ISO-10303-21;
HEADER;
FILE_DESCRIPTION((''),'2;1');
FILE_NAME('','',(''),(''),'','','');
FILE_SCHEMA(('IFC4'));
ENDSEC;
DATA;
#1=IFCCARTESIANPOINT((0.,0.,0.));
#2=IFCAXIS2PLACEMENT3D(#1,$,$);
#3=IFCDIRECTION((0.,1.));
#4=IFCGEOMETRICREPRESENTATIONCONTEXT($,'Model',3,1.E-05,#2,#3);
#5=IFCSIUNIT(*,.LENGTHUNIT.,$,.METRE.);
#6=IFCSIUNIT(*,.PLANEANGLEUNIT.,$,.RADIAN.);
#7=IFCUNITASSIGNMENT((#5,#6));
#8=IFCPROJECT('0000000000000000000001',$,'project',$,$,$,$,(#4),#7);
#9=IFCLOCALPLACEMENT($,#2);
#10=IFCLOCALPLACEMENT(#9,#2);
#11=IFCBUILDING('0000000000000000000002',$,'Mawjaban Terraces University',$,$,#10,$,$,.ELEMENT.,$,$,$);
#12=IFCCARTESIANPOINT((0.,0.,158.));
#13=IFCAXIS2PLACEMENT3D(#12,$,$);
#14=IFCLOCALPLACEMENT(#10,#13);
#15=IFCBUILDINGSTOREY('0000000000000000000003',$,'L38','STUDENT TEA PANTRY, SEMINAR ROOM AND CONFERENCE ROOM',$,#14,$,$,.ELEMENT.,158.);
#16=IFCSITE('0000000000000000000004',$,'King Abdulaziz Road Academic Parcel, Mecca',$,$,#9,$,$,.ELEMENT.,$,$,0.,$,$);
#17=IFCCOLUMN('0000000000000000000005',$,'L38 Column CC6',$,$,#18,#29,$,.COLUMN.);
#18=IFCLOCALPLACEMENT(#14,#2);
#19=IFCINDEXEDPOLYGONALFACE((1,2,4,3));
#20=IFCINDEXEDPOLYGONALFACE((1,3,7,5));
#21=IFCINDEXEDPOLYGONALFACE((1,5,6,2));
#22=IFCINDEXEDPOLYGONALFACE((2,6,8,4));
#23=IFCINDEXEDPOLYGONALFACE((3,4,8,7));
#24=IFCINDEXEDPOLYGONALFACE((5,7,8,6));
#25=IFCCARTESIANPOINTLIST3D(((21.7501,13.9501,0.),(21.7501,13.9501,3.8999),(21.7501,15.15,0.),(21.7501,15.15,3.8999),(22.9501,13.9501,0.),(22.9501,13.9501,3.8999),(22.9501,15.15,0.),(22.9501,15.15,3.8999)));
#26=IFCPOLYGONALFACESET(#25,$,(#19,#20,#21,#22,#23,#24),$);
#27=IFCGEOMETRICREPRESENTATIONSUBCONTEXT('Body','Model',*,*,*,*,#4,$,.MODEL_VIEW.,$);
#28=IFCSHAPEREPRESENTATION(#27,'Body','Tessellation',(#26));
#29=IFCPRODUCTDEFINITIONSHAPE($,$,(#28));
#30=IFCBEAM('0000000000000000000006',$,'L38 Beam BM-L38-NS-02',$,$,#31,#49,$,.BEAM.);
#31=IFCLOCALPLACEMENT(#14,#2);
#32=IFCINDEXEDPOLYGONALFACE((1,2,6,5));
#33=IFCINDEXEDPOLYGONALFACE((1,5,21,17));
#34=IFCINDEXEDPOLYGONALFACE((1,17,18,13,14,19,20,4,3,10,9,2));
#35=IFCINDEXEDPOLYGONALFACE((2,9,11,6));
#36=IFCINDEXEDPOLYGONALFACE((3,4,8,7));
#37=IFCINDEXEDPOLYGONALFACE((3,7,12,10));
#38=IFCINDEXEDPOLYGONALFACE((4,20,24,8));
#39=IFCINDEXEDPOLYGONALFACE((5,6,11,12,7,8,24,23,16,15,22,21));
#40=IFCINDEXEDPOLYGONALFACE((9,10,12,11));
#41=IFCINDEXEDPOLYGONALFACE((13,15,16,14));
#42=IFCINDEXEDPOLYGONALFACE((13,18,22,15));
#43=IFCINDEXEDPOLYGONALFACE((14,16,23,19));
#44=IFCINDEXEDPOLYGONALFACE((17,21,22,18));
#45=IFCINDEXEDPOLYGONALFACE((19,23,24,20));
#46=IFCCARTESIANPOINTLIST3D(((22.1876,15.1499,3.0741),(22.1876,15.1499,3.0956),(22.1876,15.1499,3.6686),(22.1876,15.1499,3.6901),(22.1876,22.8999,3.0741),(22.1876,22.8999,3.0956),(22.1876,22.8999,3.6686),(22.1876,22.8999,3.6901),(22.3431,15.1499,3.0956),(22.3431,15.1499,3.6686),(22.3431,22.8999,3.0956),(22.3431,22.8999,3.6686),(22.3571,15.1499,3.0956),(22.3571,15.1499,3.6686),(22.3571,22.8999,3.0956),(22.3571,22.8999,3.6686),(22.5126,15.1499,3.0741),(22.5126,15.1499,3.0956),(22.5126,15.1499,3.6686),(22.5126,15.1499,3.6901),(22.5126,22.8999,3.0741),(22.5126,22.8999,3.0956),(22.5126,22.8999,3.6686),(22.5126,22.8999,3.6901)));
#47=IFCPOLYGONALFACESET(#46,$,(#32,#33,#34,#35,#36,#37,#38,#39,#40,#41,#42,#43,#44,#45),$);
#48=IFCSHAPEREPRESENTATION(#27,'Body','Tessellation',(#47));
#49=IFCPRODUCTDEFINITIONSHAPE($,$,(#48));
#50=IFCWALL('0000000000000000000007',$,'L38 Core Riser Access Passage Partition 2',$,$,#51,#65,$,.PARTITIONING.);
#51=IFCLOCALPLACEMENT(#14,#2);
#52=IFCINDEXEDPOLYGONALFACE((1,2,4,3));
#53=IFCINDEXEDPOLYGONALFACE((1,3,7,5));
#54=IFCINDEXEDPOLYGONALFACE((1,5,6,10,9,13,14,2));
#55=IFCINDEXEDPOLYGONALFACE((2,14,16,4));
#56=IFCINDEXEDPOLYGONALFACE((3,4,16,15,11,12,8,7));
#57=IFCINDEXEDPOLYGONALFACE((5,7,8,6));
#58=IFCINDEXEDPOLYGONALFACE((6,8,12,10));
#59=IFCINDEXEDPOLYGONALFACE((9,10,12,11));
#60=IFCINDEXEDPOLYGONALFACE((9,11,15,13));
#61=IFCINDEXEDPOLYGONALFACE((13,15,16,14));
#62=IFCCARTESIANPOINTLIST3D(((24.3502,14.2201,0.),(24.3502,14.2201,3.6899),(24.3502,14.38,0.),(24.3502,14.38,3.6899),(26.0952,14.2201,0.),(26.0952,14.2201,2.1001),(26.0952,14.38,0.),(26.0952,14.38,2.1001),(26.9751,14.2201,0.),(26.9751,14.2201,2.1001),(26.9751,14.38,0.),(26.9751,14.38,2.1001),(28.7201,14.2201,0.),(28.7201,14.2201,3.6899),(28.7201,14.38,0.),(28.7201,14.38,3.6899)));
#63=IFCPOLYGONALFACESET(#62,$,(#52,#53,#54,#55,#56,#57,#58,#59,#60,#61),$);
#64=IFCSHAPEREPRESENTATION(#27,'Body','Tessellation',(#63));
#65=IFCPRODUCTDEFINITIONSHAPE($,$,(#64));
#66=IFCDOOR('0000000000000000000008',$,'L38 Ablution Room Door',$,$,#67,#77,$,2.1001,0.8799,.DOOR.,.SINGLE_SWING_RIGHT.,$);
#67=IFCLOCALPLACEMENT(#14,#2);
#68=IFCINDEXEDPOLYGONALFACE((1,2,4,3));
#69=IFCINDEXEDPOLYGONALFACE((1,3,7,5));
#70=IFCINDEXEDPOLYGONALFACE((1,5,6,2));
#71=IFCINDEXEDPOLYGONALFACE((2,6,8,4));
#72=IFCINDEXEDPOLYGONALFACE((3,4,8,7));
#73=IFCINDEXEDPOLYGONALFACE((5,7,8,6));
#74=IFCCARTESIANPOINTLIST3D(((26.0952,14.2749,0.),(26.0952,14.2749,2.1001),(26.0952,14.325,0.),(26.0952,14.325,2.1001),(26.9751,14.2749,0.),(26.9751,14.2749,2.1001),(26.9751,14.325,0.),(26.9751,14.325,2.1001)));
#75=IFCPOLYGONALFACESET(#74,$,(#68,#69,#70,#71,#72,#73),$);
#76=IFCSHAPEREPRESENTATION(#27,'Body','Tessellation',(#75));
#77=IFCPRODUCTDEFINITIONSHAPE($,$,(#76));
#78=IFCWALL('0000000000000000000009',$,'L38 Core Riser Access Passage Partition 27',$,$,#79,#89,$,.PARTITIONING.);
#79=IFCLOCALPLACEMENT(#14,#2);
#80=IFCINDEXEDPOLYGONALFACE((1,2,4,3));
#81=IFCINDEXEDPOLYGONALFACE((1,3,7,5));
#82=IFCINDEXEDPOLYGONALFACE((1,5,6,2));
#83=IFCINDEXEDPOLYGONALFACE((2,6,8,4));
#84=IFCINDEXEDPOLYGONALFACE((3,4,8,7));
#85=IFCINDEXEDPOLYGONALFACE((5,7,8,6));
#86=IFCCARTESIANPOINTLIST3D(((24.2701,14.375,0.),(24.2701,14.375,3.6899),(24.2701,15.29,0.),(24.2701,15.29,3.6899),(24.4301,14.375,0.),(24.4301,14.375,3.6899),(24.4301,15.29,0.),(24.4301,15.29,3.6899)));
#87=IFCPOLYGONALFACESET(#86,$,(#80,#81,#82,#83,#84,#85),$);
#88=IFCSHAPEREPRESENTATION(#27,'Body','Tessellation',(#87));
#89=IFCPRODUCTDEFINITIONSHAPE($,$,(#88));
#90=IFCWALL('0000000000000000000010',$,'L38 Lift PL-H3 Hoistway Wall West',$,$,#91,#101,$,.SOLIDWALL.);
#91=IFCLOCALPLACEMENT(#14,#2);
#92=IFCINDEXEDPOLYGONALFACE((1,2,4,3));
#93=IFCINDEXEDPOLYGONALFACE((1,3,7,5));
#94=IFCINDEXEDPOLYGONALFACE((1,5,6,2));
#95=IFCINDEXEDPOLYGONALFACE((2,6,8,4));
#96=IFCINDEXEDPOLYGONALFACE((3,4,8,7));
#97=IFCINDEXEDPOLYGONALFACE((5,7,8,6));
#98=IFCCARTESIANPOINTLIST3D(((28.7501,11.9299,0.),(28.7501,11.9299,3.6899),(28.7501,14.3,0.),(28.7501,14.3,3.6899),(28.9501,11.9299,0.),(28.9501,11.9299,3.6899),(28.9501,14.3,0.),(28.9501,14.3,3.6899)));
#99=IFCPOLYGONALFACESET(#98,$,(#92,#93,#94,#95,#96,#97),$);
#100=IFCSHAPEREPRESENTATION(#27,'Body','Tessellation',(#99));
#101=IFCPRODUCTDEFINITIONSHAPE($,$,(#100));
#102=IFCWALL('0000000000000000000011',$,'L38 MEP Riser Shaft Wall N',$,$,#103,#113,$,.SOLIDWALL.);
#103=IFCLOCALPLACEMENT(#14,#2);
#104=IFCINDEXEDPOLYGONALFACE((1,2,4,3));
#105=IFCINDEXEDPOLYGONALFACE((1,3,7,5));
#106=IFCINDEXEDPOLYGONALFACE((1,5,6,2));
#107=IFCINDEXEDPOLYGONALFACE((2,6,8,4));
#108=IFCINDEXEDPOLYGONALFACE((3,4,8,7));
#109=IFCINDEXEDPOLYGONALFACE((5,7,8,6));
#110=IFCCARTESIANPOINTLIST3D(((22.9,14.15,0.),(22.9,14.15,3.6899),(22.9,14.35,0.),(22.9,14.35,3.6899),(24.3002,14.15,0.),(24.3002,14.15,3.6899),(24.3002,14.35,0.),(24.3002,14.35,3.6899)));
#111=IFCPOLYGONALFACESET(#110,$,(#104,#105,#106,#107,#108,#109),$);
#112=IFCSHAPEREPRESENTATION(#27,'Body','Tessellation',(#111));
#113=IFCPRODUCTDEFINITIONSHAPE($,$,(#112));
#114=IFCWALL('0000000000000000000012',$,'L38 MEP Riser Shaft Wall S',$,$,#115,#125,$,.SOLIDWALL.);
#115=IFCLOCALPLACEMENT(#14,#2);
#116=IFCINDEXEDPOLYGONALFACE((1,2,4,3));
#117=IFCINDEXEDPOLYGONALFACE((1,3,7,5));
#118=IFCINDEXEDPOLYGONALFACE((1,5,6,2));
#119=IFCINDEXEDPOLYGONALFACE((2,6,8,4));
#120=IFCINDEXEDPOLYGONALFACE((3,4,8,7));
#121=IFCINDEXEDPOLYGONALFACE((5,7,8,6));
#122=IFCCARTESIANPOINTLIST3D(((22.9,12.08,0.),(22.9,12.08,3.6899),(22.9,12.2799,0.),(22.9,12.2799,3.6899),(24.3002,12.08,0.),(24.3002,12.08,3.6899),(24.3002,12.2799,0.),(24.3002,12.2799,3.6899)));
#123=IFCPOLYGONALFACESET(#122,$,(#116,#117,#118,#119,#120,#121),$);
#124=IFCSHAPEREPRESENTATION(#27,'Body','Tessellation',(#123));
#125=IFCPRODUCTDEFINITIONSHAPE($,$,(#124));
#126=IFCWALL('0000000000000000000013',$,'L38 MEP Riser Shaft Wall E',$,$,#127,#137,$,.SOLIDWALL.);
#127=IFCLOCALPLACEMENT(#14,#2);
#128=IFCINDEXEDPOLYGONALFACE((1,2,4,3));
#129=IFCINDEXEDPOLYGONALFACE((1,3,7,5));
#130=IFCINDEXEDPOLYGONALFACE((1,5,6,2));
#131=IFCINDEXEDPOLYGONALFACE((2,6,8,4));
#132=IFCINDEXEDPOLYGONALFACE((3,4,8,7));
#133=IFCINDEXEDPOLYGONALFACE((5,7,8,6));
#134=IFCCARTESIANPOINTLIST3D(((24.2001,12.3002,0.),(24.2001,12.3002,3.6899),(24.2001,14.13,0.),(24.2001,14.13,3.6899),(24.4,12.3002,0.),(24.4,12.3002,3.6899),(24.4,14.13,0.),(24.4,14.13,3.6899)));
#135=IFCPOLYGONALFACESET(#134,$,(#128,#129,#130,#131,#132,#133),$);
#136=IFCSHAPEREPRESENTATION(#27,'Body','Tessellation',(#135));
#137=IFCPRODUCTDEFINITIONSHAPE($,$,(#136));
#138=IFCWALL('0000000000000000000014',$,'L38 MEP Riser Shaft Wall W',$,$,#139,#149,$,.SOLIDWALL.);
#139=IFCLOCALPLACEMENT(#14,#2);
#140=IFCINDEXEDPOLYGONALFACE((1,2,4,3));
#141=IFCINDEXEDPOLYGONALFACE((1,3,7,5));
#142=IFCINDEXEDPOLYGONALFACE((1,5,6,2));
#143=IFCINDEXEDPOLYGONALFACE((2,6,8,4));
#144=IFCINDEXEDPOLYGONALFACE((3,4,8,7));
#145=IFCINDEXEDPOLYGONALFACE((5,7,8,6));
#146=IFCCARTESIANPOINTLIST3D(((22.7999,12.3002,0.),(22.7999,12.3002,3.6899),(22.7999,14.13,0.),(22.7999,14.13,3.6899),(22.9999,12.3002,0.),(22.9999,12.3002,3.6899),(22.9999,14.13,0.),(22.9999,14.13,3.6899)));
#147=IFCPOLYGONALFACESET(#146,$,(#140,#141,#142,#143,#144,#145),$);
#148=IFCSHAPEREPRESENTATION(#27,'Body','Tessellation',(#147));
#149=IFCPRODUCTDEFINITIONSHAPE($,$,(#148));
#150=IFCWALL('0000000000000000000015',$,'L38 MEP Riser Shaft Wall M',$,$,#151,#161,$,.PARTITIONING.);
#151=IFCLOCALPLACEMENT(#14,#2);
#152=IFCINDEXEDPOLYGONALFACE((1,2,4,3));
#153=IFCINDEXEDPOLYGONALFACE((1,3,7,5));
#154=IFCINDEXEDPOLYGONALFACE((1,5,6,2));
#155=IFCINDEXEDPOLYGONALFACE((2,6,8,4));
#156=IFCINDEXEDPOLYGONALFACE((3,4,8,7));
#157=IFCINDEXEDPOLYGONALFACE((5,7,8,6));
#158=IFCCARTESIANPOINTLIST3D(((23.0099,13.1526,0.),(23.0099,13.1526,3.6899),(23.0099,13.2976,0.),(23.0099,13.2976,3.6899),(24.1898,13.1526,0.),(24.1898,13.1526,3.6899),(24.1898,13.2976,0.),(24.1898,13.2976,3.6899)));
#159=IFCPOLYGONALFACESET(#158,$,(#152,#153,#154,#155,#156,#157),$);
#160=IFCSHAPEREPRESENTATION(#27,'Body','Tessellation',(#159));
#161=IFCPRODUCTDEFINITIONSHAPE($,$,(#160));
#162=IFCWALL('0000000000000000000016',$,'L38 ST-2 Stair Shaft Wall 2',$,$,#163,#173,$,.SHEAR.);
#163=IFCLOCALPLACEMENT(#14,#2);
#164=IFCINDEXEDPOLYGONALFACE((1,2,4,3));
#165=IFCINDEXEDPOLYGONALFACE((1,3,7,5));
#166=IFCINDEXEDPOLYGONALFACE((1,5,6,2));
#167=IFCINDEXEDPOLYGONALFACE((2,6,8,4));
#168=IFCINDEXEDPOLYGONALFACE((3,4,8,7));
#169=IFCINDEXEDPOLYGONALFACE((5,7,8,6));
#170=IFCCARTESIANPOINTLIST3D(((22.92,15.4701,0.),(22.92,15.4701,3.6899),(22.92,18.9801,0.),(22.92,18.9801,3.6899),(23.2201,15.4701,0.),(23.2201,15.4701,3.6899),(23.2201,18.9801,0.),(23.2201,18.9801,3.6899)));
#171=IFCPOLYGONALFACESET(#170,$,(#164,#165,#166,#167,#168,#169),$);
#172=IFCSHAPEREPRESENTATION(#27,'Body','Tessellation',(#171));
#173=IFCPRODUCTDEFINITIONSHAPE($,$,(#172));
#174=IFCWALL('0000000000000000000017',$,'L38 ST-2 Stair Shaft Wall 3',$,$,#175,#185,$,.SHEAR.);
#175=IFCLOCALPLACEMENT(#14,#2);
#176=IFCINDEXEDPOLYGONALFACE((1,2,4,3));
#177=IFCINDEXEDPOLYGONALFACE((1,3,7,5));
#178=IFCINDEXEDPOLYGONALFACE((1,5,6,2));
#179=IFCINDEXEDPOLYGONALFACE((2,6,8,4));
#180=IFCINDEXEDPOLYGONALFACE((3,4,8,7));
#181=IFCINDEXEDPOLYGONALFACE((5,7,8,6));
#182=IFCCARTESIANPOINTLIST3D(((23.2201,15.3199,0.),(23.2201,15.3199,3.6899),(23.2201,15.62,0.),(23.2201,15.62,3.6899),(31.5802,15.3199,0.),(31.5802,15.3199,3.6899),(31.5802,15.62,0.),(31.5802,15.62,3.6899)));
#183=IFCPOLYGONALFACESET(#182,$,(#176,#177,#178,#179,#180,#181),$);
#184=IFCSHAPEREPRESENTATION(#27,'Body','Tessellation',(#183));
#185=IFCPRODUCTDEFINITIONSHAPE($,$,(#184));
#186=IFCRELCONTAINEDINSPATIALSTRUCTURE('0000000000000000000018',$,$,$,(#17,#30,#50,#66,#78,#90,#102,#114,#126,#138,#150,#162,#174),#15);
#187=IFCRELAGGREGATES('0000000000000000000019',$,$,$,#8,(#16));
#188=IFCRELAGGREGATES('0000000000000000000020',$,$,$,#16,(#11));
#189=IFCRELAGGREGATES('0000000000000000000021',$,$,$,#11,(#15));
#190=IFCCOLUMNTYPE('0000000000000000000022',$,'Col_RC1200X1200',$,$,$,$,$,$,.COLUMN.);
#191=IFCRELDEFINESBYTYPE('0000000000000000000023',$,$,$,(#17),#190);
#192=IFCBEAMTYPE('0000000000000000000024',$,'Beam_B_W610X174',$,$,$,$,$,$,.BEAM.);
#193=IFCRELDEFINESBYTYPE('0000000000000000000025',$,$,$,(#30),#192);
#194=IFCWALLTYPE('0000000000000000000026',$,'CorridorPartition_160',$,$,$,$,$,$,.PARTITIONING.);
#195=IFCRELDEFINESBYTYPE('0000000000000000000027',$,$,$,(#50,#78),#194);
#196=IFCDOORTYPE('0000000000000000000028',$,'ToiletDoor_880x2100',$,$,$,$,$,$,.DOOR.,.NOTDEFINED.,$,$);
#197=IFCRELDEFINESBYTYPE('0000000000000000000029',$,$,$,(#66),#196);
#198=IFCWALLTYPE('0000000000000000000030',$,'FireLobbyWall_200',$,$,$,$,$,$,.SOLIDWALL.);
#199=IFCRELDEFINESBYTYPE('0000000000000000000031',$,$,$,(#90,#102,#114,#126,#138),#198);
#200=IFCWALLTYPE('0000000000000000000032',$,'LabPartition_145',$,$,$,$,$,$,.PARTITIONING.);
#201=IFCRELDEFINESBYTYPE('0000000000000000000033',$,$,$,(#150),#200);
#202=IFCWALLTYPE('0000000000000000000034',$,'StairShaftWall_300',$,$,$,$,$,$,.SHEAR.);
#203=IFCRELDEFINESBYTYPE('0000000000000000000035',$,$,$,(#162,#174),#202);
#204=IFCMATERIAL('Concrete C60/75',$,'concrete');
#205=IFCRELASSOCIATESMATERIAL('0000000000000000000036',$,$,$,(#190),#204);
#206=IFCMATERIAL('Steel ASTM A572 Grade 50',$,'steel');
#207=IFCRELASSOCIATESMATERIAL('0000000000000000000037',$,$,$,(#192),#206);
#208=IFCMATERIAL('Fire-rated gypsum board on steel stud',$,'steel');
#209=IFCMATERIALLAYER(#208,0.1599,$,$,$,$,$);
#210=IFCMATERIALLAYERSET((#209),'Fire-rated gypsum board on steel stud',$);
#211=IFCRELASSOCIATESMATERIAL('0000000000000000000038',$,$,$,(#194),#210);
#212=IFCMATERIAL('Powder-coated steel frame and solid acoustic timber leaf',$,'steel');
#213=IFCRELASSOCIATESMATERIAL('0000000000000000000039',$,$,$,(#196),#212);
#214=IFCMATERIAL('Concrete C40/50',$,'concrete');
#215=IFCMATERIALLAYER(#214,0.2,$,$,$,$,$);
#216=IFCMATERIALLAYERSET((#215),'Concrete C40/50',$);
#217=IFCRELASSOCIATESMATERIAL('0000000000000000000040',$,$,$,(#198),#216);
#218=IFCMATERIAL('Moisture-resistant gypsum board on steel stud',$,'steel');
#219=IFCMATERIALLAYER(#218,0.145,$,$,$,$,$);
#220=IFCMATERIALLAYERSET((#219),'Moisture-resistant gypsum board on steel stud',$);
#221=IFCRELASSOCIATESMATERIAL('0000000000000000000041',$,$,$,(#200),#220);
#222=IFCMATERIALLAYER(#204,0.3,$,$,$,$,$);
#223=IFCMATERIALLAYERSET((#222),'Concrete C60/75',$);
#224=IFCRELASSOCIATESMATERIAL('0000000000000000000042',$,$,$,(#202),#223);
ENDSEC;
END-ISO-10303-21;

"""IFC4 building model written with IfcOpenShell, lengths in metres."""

from ifc_helpers import new_model, si_unit, direction, frame, frame_2d, origin, origin_2d, place, context, subcontext, project, spatial, rectangle, i_section, extrude, material, layer, layer_set, material_profile, profile_set, type_object, element, fill, save


model = new_model("IFC4")

# Units and contexts
model_context = context("Model", 3, precision=1e-05, world=origin(), true_north=direction((0.0, 1.0)))
body_context = subcontext(model_context, "Body", "Model", "MODEL_VIEW")
ifc_project = project(units=[si_unit("LENGTHUNIT", "METRE"), si_unit("PLANEANGLEUNIT", "RADIAN")], contexts=[model_context])

# Site, building, storey
site_placement = place(None, origin())
site = spatial("IfcSite", under=ifc_project, at=site_placement, Name="King Abdulaziz Road Academic Parcel, Mecca", CompositionType="ELEMENT", RefElevation=0.0)
building_placement = place(site_placement, origin())
building = spatial("IfcBuilding", under=site, at=building_placement, Name="Mawjaban Terraces University", CompositionType="ELEMENT")
storey_placement = place(building_placement, frame((0.0, 0.0, 158.0)))
storey = spatial("IfcBuildingStorey", under=building, at=storey_placement, Name="L38", Description="STUDENT TEA PANTRY, SEMINAR ROOM AND CONFERENCE ROOM", CompositionType="ELEMENT", Elevation=158.0)

# Column
ifc_material_1 = material(Name="Concrete C60/75", Category="concrete")
ifc_material_profile_1 = material_profile(ifc_material_1, rectangle(XDim=1.2, YDim=1.2, at=origin_2d()), Name="RC1200X1200")
ifc_profile_set_1 = profile_set([ifc_material_profile_1], Name="Concrete C60/75")
column_type = type_object("IfcColumnType", Name="Col_RC1200X1200", PredefinedType="COLUMN", material=ifc_profile_set_1)
column_placement = place(storey_placement, frame((22.3501, 14.55, 0.0), z_axis=(0.0, 0.0, 1.0), x_axis=(1.0, 0.0, 0.0)))
element("IfcColumn", 1, at=column_placement, inside=storey, type_object=column_type, Name="L38 Column CC6", PredefinedType="COLUMN", context=body_context, shape_type="SweptSolid", body=[
    extrude(rectangle(XDim=1.2, YDim=1.2, at=origin_2d()), origin(), (0.0, 0.0, 1.0), 3.8999),
])

# Beam
ifc_material_2 = material(Name="Steel ASTM A572 Grade 50", Category="steel")
ifc_material_profile_2 = material_profile(ifc_material_2, i_section(OverallWidth=0.325, OverallDepth=0.616, WebThickness=0.0139, FlangeThickness=0.0215, at=origin_2d()), Name="W610X174")
ifc_profile_set_2 = profile_set([ifc_material_profile_2], Name="Steel ASTM A572 Grade 50")
beam_type = type_object("IfcBeamType", Name="Beam_B_W610X174", PredefinedType="BEAM", material=ifc_profile_set_2)
beam_placement = place(storey_placement, frame((22.3501, 15.1499, 3.3821), z_axis=(0.0, 1.0, 0.0), x_axis=(-1.0, 0.0, 0.0)))
element("IfcBeam", 2, at=beam_placement, inside=storey, type_object=beam_type, Name="L38 Beam BM-L38-NS-02", PredefinedType="BEAM", context=body_context, shape_type="SweptSolid", body=[
    extrude(i_section(OverallWidth=0.325, OverallDepth=0.616, WebThickness=0.0139, FlangeThickness=0.0215, at=origin_2d()), origin(), (0.0, 0.0, 1.0), 7.75),
])

# Wall, opening, door
ifc_material_3 = material(Name="Fire-rated gypsum board on steel stud", Category="steel")
ifc_layer_1 = layer(ifc_material_3, 0.1599)
ifc_layer_set_1 = layer_set([ifc_layer_1], Name="Fire-rated gypsum board on steel stud")
wall_type_1 = type_object("IfcWallType", Name="CorridorPartition_160", PredefinedType="PARTITIONING", material=ifc_layer_set_1)
wall_1_placement = place(storey_placement, frame((24.3501, 14.3, 0.0), z_axis=(0.0, 0.0, 1.0), x_axis=(1.0, 0.0, 0.0)))
wall_1 = element("IfcWall", 3, at=wall_1_placement, inside=storey, type_object=wall_type_1, Name="L38 Core Riser Access Passage Partition 2", PredefinedType="PARTITIONING", context=body_context, shape_type="SweptSolid", body=[
    extrude(rectangle(XDim=4.3699, YDim=0.1599, at=frame_2d((2.1851, 0.0))), origin(), (0.0, 0.0, 1.0), 3.6899),
])
opening_placement = place(wall_1_placement, frame((1.7451, 0.0, 0.0)))
opening = element("IfcOpeningElement", 4, at=opening_placement, cuts=wall_1, PredefinedType="OPENING", context=body_context, shape_type="SweptSolid", body=[
    extrude(rectangle(XDim=0.8799, YDim=2.1001, at=frame_2d((0.4399, 1.05))), frame((0.0, 0.0898, 0.0), z_axis=(0.0, -1.0, 0.0), x_axis=(1.0, 0.0, 0.0)), (0.0, 0.0, 1.0), 0.1799),
])
ifc_material_4 = material(Name="Powder-coated steel frame and solid acoustic timber leaf", Category="steel")
door_type = type_object("IfcDoorType", Name="ToiletDoor_880x2100", OperationType="NOTDEFINED", PredefinedType="DOOR", material=ifc_material_4)
door_placement = place(opening_placement, origin())
door = element("IfcDoor", 5, at=door_placement, inside=storey, type_object=door_type, Name="L38 Ablution Room Door", OperationType="SINGLE_SWING_RIGHT", OverallHeight=2.1001, OverallWidth=0.8799, PredefinedType="DOOR", context=body_context, shape_type="SweptSolid", body=[
    extrude(rectangle(XDim=0.8799, YDim=2.1001, at=frame_2d((0.4399, 1.05))), frame((0.0, 0.0249, 0.0), z_axis=(0.0, -1.0, 0.0), x_axis=(1.0, 0.0, 0.0)), (0.0, 0.0, 1.0), 0.05),
])
fill(opening, door)

# Walls
wall_2_placement = place(storey_placement, frame((24.3501, 15.29, 0.0), z_axis=(0.0, 0.0, 1.0), x_axis=(0.0, -1.0, 0.0)))
element("IfcWall", 6, at=wall_2_placement, inside=storey, type_object=wall_type_1, Name="L38 Core Riser Access Passage Partition 27", PredefinedType="PARTITIONING", context=body_context, shape_type="SweptSolid", body=[
    extrude(rectangle(XDim=0.915, YDim=0.1599, at=frame_2d((0.4575, 0.0))), origin(), (0.0, 0.0, 1.0), 3.6899),
])
ifc_material_5 = material(Name="Concrete C40/50", Category="concrete")
ifc_layer_2 = layer(ifc_material_5, 0.2)
ifc_layer_set_2 = layer_set([ifc_layer_2], Name="Concrete C40/50")
wall_type_2 = type_object("IfcWallType", Name="FireLobbyWall_200", PredefinedType="SOLIDWALL", material=ifc_layer_set_2)
wall_3_placement = place(storey_placement, frame((28.8501, 14.3, 0.0), z_axis=(0.0, 0.0, 1.0), x_axis=(0.0, -1.0, 0.0)))
element("IfcWall", 7, at=wall_3_placement, inside=storey, type_object=wall_type_2, Name="L38 Lift PL-H3 Hoistway Wall West", PredefinedType="SOLIDWALL", context=body_context, shape_type="SweptSolid", body=[
    extrude(rectangle(XDim=2.3701, YDim=0.2, at=frame_2d((1.1851, 0.0))), origin(), (0.0, 0.0, 1.0), 3.6899),
])
for number, where, z_axis, x_axis, name in (
    (8, (22.8999, 14.25, 0.0), (0.0, 0.0, 1.0), (1.0, 0.0, 0.0), "L38 MEP Riser Shaft Wall N"),
    (9, (22.8999, 12.1799, 0.0), (0.0, 0.0, 1.0), (1.0, 0.0, 0.0), "L38 MEP Riser Shaft Wall S"),
):
    element("IfcWall", number, at=place(storey_placement, frame(where, z_axis=z_axis, x_axis=x_axis)), inside=storey, type_object=wall_type_2, Name=name, PredefinedType="SOLIDWALL", context=body_context, shape_type="SweptSolid", body=[
        extrude(rectangle(XDim=1.4001, YDim=0.2, at=frame_2d((0.7002, 0.0))), origin(), (0.0, 0.0, 1.0), 3.6899),
    ])
for number, where, z_axis, x_axis, name in (
    (10, (24.3, 12.3, 0.0), (0.0, 0.0, 1.0), (0.0, 1.0, 0.0), "L38 MEP Riser Shaft Wall E"),
    (11, (22.8999, 12.3, 0.0), (0.0, 0.0, 1.0), (0.0, 1.0, 0.0), "L38 MEP Riser Shaft Wall W"),
):
    element("IfcWall", number, at=place(storey_placement, frame(where, z_axis=z_axis, x_axis=x_axis)), inside=storey, type_object=wall_type_2, Name=name, PredefinedType="SOLIDWALL", context=body_context, shape_type="SweptSolid", body=[
        extrude(rectangle(XDim=1.8298, YDim=0.2, at=frame_2d((0.915, 0.0))), origin(), (0.0, 0.0, 1.0), 3.6899),
    ])
ifc_material_6 = material(Name="Moisture-resistant gypsum board on steel stud", Category="steel")
ifc_layer_3 = layer(ifc_material_6, 0.145)
ifc_layer_set_3 = layer_set([ifc_layer_3], Name="Moisture-resistant gypsum board on steel stud")
wall_type_3 = type_object("IfcWallType", Name="LabPartition_145", PredefinedType="PARTITIONING", material=ifc_layer_set_3)
wall_4_placement = place(storey_placement, frame((23.01, 13.2251, 0.0), z_axis=(0.0, 0.0, 1.0), x_axis=(1.0, 0.0, 0.0)))
element("IfcWall", 12, at=wall_4_placement, inside=storey, type_object=wall_type_3, Name="L38 MEP Riser Shaft Wall M", PredefinedType="PARTITIONING", context=body_context, shape_type="SweptSolid", body=[
    extrude(rectangle(XDim=1.1799, YDim=0.145, at=frame_2d((0.5898, 0.0))), origin(), (0.0, 0.0, 1.0), 3.6899),
])
ifc_layer_4 = layer(ifc_material_1, 0.3)
ifc_layer_set_4 = layer_set([ifc_layer_4], Name="Concrete C60/75")
wall_type_4 = type_object("IfcWallType", Name="StairShaftWall_300", PredefinedType="SHEAR", material=ifc_layer_set_4)
wall_5_placement = place(storey_placement, frame((23.0701, 18.98, 0.0), z_axis=(0.0, 0.0, 1.0), x_axis=(0.0, -1.0, 0.0)))
element("IfcWall", 13, at=wall_5_placement, inside=storey, type_object=wall_type_4, Name="L38 ST-2 Stair Shaft Wall 2", PredefinedType="SHEAR", context=body_context, shape_type="SweptSolid", body=[
    extrude(rectangle(XDim=3.51, YDim=0.3, at=frame_2d((1.7549, 0.0))), origin(), (0.0, 0.0, 1.0), 3.6899),
])
wall_6_placement = place(storey_placement, frame((23.22, 15.47, 0.0), z_axis=(0.0, 0.0, 1.0), x_axis=(1.0, 0.0, 0.0)))
element("IfcWall", 14, at=wall_6_placement, inside=storey, type_object=wall_type_4, Name="L38 ST-2 Stair Shaft Wall 3", PredefinedType="SHEAR", context=body_context, shape_type="SweptSolid", body=[
    extrude(rectangle(XDim=8.3601, YDim=0.3, at=frame_2d((4.1802, 0.0))), origin(), (0.0, 0.0, 1.0), 3.6899),
])

save(model, "model.ifc")
